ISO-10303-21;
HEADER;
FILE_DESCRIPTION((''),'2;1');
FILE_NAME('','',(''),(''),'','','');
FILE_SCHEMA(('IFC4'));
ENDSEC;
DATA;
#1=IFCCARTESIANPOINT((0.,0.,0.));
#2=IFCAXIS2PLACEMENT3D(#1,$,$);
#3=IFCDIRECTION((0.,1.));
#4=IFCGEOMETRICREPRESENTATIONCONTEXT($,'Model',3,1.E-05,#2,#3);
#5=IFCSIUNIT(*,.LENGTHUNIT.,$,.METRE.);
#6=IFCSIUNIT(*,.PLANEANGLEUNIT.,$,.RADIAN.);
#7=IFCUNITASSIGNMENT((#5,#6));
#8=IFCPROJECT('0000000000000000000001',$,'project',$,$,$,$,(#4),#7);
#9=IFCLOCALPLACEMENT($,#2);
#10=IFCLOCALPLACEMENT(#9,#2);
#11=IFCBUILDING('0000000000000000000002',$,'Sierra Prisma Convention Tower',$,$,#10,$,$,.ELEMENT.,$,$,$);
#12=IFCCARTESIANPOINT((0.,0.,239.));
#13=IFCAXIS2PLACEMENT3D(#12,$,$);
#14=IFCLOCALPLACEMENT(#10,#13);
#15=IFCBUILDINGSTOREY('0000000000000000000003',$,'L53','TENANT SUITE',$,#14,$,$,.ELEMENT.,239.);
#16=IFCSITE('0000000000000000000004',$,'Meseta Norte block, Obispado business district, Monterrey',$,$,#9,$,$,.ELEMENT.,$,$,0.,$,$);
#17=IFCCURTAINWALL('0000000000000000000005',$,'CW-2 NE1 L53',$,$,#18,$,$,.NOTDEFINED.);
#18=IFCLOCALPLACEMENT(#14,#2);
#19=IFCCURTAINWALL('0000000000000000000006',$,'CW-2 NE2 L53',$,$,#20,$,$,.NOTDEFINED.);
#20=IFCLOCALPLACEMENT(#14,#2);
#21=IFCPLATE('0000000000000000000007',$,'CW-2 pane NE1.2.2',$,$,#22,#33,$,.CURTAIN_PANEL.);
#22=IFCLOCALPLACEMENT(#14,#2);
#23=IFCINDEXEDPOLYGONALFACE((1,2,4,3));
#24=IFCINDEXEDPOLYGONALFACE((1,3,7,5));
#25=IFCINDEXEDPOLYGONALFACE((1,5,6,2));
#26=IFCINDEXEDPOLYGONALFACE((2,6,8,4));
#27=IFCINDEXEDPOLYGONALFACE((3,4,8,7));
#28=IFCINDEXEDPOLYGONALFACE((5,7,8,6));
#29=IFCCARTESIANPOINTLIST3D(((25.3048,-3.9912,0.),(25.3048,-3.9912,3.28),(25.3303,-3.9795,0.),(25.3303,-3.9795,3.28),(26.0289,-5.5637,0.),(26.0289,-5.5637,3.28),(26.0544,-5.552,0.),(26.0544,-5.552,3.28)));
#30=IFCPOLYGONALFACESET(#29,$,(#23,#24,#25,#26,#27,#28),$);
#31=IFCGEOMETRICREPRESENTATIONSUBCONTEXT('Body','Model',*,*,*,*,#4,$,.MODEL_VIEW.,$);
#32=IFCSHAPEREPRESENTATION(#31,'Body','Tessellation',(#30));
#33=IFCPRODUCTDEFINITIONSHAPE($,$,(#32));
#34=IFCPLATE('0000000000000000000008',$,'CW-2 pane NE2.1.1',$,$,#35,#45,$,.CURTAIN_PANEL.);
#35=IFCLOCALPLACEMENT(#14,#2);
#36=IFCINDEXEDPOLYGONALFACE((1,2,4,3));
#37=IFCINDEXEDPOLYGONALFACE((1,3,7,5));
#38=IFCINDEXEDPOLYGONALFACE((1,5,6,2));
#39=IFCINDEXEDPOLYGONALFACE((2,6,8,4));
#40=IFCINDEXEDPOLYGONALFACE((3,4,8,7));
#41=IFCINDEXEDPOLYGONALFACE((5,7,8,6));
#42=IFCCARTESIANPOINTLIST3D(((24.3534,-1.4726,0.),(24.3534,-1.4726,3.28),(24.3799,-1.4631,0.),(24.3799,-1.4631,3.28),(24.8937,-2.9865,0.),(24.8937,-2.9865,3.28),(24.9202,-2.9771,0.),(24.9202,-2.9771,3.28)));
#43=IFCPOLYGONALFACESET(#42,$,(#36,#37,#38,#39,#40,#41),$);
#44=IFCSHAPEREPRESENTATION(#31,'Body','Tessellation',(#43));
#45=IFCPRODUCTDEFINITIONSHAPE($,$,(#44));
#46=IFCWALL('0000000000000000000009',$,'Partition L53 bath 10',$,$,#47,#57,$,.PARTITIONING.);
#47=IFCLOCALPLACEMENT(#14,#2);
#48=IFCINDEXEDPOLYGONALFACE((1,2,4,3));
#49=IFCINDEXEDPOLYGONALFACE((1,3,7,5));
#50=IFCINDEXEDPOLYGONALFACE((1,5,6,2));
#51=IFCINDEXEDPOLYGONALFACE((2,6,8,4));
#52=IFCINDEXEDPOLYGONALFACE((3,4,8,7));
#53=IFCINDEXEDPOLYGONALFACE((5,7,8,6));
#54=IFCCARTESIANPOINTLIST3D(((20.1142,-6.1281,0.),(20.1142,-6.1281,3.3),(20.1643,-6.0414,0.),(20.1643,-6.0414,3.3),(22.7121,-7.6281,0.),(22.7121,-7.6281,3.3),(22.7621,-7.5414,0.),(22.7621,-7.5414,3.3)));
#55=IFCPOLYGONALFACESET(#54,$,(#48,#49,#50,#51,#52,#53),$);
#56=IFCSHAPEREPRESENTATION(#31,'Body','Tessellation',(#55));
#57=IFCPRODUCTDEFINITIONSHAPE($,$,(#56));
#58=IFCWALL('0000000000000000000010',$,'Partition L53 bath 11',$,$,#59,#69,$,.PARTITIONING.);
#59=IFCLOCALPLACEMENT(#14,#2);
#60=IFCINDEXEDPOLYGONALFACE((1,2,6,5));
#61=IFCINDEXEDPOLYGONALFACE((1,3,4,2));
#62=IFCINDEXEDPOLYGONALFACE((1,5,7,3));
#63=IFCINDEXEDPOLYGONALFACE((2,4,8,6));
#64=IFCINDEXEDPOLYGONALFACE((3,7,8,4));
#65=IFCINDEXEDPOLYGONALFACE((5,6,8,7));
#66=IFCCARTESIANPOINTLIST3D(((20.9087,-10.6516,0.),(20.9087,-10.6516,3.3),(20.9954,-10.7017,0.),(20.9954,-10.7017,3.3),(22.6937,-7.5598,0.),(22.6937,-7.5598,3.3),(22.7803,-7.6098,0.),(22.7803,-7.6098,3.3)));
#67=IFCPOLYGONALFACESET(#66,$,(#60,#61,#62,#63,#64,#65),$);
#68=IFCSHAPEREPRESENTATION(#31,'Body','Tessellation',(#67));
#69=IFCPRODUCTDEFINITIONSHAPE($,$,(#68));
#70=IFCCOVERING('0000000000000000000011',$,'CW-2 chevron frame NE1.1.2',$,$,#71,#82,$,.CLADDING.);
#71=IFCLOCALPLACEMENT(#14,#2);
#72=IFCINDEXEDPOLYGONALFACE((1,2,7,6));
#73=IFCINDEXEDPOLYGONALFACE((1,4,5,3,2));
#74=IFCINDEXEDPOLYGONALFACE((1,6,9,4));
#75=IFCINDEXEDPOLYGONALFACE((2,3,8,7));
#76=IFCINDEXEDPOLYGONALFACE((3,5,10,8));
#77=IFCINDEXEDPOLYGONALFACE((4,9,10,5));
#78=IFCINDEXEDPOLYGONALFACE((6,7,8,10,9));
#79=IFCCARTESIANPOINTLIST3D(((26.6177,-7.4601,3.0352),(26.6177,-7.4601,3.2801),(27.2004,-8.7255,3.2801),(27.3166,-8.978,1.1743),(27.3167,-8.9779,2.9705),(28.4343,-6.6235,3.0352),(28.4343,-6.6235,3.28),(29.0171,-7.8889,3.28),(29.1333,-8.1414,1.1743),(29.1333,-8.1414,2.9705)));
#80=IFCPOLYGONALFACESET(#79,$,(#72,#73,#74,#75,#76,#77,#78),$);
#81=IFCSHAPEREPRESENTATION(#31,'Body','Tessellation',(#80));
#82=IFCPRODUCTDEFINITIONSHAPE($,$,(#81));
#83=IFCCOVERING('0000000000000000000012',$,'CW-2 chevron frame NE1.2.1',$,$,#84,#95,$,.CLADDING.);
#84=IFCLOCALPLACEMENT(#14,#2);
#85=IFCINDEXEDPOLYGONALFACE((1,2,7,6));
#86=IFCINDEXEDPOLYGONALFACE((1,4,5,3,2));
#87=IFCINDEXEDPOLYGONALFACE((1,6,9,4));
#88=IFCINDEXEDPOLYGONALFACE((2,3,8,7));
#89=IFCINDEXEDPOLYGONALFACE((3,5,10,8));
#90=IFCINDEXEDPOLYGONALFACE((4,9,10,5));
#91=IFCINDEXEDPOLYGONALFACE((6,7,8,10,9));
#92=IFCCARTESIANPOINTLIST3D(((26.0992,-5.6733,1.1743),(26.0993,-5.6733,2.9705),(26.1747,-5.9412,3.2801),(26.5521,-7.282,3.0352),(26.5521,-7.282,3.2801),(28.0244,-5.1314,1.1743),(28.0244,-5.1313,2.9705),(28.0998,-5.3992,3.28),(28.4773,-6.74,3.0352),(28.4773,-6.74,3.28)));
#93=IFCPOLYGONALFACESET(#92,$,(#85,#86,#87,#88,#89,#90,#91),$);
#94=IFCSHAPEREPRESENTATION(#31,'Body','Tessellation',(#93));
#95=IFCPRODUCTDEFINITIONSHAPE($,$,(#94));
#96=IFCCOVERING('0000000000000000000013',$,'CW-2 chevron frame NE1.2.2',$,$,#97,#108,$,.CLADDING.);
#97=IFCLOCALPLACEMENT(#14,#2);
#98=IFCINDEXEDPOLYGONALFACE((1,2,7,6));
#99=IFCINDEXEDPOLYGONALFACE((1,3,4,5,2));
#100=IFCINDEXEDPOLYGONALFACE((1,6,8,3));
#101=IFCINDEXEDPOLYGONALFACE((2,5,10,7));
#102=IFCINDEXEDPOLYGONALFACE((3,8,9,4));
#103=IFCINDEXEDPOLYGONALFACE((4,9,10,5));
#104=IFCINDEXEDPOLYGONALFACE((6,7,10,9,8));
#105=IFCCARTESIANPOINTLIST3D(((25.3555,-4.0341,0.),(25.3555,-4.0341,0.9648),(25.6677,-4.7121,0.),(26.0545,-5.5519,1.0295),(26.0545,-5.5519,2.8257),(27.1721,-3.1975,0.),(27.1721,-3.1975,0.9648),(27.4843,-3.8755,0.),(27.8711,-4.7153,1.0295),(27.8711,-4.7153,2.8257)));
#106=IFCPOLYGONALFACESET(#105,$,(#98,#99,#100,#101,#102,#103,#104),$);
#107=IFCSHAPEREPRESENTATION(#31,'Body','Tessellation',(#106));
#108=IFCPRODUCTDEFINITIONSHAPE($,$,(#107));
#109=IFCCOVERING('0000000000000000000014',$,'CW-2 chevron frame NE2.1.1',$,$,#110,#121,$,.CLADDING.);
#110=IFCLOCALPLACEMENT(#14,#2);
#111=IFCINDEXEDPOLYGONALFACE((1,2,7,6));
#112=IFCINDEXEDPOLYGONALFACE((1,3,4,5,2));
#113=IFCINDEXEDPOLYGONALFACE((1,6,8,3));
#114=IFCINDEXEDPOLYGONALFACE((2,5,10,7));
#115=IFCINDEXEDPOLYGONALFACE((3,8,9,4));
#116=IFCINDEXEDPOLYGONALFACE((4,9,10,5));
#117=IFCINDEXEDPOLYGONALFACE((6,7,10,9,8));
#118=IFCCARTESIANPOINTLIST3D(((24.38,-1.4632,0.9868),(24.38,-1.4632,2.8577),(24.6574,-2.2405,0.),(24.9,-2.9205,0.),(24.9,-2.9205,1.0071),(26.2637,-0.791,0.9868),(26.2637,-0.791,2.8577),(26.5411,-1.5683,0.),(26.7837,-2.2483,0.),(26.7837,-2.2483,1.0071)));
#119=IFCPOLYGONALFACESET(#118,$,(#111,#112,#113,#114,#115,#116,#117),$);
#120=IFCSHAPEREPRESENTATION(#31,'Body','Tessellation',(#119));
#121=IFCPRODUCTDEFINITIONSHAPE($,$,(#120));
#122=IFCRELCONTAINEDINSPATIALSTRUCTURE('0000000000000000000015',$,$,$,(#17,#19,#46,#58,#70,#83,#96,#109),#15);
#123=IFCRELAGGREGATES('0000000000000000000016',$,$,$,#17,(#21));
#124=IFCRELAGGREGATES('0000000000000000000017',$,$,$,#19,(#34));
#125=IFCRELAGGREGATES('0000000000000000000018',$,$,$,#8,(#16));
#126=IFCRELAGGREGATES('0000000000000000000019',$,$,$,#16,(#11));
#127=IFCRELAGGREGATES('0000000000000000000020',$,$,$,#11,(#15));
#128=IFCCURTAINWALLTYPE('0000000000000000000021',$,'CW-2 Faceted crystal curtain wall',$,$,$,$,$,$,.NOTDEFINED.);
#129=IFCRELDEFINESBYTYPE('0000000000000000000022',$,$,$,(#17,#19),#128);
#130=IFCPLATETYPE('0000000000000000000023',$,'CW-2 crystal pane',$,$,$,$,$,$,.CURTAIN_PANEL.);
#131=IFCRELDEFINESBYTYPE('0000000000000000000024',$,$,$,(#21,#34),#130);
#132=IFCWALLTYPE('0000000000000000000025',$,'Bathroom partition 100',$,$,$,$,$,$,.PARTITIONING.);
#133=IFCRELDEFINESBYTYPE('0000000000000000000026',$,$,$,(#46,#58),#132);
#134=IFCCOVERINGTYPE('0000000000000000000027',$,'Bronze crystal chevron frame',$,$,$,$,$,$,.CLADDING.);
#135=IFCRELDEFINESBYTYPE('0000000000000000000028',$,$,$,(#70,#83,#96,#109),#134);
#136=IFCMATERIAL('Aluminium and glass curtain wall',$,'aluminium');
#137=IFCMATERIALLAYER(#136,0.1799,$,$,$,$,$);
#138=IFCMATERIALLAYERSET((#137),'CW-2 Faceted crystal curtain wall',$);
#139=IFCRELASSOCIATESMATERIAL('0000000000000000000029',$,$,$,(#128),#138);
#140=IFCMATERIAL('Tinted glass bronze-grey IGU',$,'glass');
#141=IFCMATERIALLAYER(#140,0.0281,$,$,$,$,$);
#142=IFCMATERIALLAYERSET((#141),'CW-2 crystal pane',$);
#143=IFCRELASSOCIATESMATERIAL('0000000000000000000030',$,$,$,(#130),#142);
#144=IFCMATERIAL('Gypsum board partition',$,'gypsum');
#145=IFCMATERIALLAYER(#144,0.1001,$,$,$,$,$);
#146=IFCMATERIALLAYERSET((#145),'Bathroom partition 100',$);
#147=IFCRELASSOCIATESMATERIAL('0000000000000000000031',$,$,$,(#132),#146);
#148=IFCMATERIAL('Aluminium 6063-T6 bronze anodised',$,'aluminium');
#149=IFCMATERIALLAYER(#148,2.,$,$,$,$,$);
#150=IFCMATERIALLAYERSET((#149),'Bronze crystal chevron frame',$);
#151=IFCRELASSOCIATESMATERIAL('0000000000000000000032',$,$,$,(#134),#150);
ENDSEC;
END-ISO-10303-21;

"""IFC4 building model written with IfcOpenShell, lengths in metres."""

from ifc_helpers import new_model, si_unit, direction, frame, frame_2d, origin, place, context, subcontext, project, spatial, polyline, rectangle, outline, extrude, material, layer, layer_set, type_object, element, aggregate, save


model = new_model("IFC4")

# Units and contexts
model_context = context("Model", 3, precision=1e-05, world=origin(), true_north=direction((0.0, 1.0)))
body_context = subcontext(model_context, "Body", "Model", "MODEL_VIEW")
ifc_project = project(units=[si_unit("LENGTHUNIT", "METRE"), si_unit("PLANEANGLEUNIT", "RADIAN")], contexts=[model_context])

# Site, building, storey
site_placement = place(None, origin())
site = spatial("IfcSite", under=ifc_project, at=site_placement, Name="Meseta Norte block, Obispado business district, Monterrey", CompositionType="ELEMENT", RefElevation=0.0)
building_placement = place(site_placement, origin())
building = spatial("IfcBuilding", under=site, at=building_placement, Name="Sierra Prisma Convention Tower", CompositionType="ELEMENT")
storey_placement = place(building_placement, frame((0.0, 0.0, 239.0)))
storey = spatial("IfcBuildingStorey", under=building, at=storey_placement, Name="L53", Description="TENANT SUITE", CompositionType="ELEMENT", Elevation=239.0)

# Curtain wall
ifc_material_1 = material(Name="Aluminium and glass curtain wall", Category="aluminium")
ifc_layer_1 = layer(ifc_material_1, 0.1799)
ifc_layer_set_1 = layer_set([ifc_layer_1], Name="CW-2 Faceted crystal curtain wall")
curtain_wall_type = type_object("IfcCurtainWallType", Name="CW-2 Faceted crystal curtain wall", PredefinedType="NOTDEFINED", material=ifc_layer_set_1)
curtain_wall_1_placement = place(storey_placement, origin())
curtain_wall_1 = element("IfcCurtainWall", 1, at=curtain_wall_1_placement, inside=storey, type_object=curtain_wall_type, Name="CW-2 NE1 L53", PredefinedType="NOTDEFINED")

# Curtain wall
curtain_wall_2_placement = place(storey_placement, origin())
curtain_wall_2 = element("IfcCurtainWall", 2, at=curtain_wall_2_placement, inside=storey, type_object=curtain_wall_type, Name="CW-2 NE2 L53", PredefinedType="NOTDEFINED")

# Plates
ifc_material_2 = material(Name="Tinted glass bronze-grey IGU", Category="glass")
ifc_layer_2 = layer(ifc_material_2, 0.0281)
ifc_layer_set_2 = layer_set([ifc_layer_2], Name="CW-2 crystal pane")
plate_type = type_object("IfcPlateType", Name="CW-2 crystal pane", PredefinedType="CURTAIN_PANEL", material=ifc_layer_set_2)
plate_1_placement = place(storey_placement, frame((25.3303, -3.9795, 0.0), z_axis=(0.908322, 0.418271, 0.0), x_axis=(0.418271, -0.908322, 0.0)))
plate_1 = element("IfcPlate", 3, at=plate_1_placement, type_object=plate_type, Name="CW-2 pane NE1.2.2", PredefinedType="CURTAIN_PANEL", context=body_context, shape_type="SweptSolid", body=[
    extrude(outline(polyline([(0.0, 0.0), (1.7312, 0.0), (1.7312, -3.28), (0.0, -3.28), (0.0, 0.0)])), origin(), (0.0, 0.0, -1.0), 0.0281),
])
aggregate(curtain_wall_1, [plate_1])
plate_2_placement = place(storey_placement, frame((24.9202, -2.9771, 0.0), z_axis=(0.941821, 0.336115, 0.0), x_axis=(-0.336115, 0.941821, 0.0)))
plate_2 = element("IfcPlate", 4, at=plate_2_placement, type_object=plate_type, Name="CW-2 pane NE2.1.1", PredefinedType="CURTAIN_PANEL", context=body_context, shape_type="SweptSolid", body=[
    extrude(outline(polyline([(0.0, 0.0), (1.6074, 0.0), (1.6074, 3.28), (0.0, 3.28), (0.0, 0.0)])), origin(), (0.0, 0.0, -1.0), 0.0281),
])
aggregate(curtain_wall_2, [plate_2])

# Walls
ifc_material_3 = material(Name="Gypsum board partition", Category="gypsum")
ifc_layer_3 = layer(ifc_material_3, 0.1001)
ifc_layer_set_3 = layer_set([ifc_layer_3], Name="Bathroom partition 100")
wall_type = type_object("IfcWallType", Name="Bathroom partition 100", PredefinedType="PARTITIONING", material=ifc_layer_set_3)
wall_1_placement = place(storey_placement, frame((20.1392, -6.0847, 0.0), z_axis=(0.0, 0.0, 1.0), x_axis=(0.866011, -0.500025, 0.0)))
element("IfcWall", 5, at=wall_1_placement, inside=storey, type_object=wall_type, Name="Partition L53 bath 10", PredefinedType="PARTITIONING", context=body_context, shape_type="SweptSolid", body=[
    extrude(rectangle(XDim=2.9998, YDim=0.1001, at=frame_2d((1.5, 0.0))), origin(), (0.0, 0.0, 1.0), 3.3),
])
wall_2_placement = place(storey_placement, frame((22.7371, -7.5847, 0.0), z_axis=(0.0, 0.0, 1.0), x_axis=(-0.499971, -0.866042, 0.0)))
element("IfcWall", 6, at=wall_2_placement, inside=storey, type_object=wall_type, Name="Partition L53 bath 11", PredefinedType="PARTITIONING", context=body_context, shape_type="SweptSolid", body=[
    extrude(rectangle(XDim=3.5701, YDim=0.1001, at=frame_2d((1.7852, 0.0))), origin(), (0.0, 0.0, 1.0), 3.3),
])

# Coverings
ifc_material_4 = material(Name="Aluminium 6063-T6 bronze anodised", Category="aluminium")
ifc_layer_4 = layer(ifc_material_4, 2.0)
ifc_layer_set_4 = layer_set([ifc_layer_4], Name="Bronze crystal chevron frame")
covering_type = type_object("IfcCoveringType", Name="Bronze crystal chevron frame", PredefinedType="CLADDING", material=ifc_layer_set_4)
covering_1_placement = place(storey_placement, frame((29.1333, -8.1414, 2.9705), z_axis=(0.908313, 0.418292, -0.000016), x_axis=(-0.000015, -0.000007, -1.0)))
element("IfcCovering", 7, at=covering_1_placement, inside=storey, type_object=covering_type, Name="CW-2 chevron frame NE1.1.2", PredefinedType="CLADDING", context=body_context, shape_type="SweptSolid", body=[
    extrude(outline(polyline([(0.0, 0.0), (1.7961, 0.0), (-0.0647, 1.671), (-0.3096, 1.671), (-0.3096, 0.2779), (0.0, 0.0)])), origin(), (0.0, 0.0, -1.0), 2.0),
])
covering_2_placement = place(storey_placement, frame((28.4773, -6.74, 3.28), z_axis=(0.962582, 0.270992, -0.000017), x_axis=(-0.000016, -0.000004, -1.0)))
element("IfcCovering", 8, at=covering_2_placement, inside=storey, type_object=covering_type, Name="CW-2 chevron frame NE1.2.1", PredefinedType="CLADDING", context=body_context, shape_type="SweptSolid", body=[
    extrude(outline(polyline([(0.0, 0.0), (0.2449, 0.0), (2.1057, 1.6712), (0.3096, 1.6712), (0.0, 1.3929), (0.0, 0.0)])), origin(), (0.0, 0.0, -1.0), 2.0),
])
covering_3_placement = place(storey_placement, frame((27.1721, -3.1975, 0.0), z_axis=(0.908311, 0.418295, 0.000011), x_axis=(-0.00001, -0.000005, 1.0)))
element("IfcCovering", 9, at=covering_3_placement, inside=storey, type_object=covering_type, Name="CW-2 chevron frame NE1.2.2", PredefinedType="CLADDING", context=body_context, shape_type="SweptSolid", body=[
    extrude(outline(polyline([(0.0, 0.0), (0.9648, 0.0), (2.8257, 1.671), (1.0295, 1.671), (0.0, 0.7464), (0.0, 0.0)])), origin(), (0.0, 0.0, -1.0), 2.0),
])
covering_4_placement = place(storey_placement, frame((26.7837, -2.2483, 0.0), z_axis=(0.941828, 0.336094, -0.000013), x_axis=(-0.336094, 0.941828, 0.0)))
element("IfcCovering", 10, at=covering_4_placement, inside=storey, type_object=covering_type, Name="CW-2 chevron frame NE2.1.1", PredefinedType="CLADDING", context=body_context, shape_type="SweptSolid", body=[
    extrude(outline(polyline([(0.0, 0.0), (0.7219, 0.0), (1.5473, 0.9868), (1.5473, 2.8577), (0.0, 1.0071), (0.0, 0.0)])), origin(), (0.0, 0.0, -1.0), 2.0),
])

save(model, "model.ifc")
